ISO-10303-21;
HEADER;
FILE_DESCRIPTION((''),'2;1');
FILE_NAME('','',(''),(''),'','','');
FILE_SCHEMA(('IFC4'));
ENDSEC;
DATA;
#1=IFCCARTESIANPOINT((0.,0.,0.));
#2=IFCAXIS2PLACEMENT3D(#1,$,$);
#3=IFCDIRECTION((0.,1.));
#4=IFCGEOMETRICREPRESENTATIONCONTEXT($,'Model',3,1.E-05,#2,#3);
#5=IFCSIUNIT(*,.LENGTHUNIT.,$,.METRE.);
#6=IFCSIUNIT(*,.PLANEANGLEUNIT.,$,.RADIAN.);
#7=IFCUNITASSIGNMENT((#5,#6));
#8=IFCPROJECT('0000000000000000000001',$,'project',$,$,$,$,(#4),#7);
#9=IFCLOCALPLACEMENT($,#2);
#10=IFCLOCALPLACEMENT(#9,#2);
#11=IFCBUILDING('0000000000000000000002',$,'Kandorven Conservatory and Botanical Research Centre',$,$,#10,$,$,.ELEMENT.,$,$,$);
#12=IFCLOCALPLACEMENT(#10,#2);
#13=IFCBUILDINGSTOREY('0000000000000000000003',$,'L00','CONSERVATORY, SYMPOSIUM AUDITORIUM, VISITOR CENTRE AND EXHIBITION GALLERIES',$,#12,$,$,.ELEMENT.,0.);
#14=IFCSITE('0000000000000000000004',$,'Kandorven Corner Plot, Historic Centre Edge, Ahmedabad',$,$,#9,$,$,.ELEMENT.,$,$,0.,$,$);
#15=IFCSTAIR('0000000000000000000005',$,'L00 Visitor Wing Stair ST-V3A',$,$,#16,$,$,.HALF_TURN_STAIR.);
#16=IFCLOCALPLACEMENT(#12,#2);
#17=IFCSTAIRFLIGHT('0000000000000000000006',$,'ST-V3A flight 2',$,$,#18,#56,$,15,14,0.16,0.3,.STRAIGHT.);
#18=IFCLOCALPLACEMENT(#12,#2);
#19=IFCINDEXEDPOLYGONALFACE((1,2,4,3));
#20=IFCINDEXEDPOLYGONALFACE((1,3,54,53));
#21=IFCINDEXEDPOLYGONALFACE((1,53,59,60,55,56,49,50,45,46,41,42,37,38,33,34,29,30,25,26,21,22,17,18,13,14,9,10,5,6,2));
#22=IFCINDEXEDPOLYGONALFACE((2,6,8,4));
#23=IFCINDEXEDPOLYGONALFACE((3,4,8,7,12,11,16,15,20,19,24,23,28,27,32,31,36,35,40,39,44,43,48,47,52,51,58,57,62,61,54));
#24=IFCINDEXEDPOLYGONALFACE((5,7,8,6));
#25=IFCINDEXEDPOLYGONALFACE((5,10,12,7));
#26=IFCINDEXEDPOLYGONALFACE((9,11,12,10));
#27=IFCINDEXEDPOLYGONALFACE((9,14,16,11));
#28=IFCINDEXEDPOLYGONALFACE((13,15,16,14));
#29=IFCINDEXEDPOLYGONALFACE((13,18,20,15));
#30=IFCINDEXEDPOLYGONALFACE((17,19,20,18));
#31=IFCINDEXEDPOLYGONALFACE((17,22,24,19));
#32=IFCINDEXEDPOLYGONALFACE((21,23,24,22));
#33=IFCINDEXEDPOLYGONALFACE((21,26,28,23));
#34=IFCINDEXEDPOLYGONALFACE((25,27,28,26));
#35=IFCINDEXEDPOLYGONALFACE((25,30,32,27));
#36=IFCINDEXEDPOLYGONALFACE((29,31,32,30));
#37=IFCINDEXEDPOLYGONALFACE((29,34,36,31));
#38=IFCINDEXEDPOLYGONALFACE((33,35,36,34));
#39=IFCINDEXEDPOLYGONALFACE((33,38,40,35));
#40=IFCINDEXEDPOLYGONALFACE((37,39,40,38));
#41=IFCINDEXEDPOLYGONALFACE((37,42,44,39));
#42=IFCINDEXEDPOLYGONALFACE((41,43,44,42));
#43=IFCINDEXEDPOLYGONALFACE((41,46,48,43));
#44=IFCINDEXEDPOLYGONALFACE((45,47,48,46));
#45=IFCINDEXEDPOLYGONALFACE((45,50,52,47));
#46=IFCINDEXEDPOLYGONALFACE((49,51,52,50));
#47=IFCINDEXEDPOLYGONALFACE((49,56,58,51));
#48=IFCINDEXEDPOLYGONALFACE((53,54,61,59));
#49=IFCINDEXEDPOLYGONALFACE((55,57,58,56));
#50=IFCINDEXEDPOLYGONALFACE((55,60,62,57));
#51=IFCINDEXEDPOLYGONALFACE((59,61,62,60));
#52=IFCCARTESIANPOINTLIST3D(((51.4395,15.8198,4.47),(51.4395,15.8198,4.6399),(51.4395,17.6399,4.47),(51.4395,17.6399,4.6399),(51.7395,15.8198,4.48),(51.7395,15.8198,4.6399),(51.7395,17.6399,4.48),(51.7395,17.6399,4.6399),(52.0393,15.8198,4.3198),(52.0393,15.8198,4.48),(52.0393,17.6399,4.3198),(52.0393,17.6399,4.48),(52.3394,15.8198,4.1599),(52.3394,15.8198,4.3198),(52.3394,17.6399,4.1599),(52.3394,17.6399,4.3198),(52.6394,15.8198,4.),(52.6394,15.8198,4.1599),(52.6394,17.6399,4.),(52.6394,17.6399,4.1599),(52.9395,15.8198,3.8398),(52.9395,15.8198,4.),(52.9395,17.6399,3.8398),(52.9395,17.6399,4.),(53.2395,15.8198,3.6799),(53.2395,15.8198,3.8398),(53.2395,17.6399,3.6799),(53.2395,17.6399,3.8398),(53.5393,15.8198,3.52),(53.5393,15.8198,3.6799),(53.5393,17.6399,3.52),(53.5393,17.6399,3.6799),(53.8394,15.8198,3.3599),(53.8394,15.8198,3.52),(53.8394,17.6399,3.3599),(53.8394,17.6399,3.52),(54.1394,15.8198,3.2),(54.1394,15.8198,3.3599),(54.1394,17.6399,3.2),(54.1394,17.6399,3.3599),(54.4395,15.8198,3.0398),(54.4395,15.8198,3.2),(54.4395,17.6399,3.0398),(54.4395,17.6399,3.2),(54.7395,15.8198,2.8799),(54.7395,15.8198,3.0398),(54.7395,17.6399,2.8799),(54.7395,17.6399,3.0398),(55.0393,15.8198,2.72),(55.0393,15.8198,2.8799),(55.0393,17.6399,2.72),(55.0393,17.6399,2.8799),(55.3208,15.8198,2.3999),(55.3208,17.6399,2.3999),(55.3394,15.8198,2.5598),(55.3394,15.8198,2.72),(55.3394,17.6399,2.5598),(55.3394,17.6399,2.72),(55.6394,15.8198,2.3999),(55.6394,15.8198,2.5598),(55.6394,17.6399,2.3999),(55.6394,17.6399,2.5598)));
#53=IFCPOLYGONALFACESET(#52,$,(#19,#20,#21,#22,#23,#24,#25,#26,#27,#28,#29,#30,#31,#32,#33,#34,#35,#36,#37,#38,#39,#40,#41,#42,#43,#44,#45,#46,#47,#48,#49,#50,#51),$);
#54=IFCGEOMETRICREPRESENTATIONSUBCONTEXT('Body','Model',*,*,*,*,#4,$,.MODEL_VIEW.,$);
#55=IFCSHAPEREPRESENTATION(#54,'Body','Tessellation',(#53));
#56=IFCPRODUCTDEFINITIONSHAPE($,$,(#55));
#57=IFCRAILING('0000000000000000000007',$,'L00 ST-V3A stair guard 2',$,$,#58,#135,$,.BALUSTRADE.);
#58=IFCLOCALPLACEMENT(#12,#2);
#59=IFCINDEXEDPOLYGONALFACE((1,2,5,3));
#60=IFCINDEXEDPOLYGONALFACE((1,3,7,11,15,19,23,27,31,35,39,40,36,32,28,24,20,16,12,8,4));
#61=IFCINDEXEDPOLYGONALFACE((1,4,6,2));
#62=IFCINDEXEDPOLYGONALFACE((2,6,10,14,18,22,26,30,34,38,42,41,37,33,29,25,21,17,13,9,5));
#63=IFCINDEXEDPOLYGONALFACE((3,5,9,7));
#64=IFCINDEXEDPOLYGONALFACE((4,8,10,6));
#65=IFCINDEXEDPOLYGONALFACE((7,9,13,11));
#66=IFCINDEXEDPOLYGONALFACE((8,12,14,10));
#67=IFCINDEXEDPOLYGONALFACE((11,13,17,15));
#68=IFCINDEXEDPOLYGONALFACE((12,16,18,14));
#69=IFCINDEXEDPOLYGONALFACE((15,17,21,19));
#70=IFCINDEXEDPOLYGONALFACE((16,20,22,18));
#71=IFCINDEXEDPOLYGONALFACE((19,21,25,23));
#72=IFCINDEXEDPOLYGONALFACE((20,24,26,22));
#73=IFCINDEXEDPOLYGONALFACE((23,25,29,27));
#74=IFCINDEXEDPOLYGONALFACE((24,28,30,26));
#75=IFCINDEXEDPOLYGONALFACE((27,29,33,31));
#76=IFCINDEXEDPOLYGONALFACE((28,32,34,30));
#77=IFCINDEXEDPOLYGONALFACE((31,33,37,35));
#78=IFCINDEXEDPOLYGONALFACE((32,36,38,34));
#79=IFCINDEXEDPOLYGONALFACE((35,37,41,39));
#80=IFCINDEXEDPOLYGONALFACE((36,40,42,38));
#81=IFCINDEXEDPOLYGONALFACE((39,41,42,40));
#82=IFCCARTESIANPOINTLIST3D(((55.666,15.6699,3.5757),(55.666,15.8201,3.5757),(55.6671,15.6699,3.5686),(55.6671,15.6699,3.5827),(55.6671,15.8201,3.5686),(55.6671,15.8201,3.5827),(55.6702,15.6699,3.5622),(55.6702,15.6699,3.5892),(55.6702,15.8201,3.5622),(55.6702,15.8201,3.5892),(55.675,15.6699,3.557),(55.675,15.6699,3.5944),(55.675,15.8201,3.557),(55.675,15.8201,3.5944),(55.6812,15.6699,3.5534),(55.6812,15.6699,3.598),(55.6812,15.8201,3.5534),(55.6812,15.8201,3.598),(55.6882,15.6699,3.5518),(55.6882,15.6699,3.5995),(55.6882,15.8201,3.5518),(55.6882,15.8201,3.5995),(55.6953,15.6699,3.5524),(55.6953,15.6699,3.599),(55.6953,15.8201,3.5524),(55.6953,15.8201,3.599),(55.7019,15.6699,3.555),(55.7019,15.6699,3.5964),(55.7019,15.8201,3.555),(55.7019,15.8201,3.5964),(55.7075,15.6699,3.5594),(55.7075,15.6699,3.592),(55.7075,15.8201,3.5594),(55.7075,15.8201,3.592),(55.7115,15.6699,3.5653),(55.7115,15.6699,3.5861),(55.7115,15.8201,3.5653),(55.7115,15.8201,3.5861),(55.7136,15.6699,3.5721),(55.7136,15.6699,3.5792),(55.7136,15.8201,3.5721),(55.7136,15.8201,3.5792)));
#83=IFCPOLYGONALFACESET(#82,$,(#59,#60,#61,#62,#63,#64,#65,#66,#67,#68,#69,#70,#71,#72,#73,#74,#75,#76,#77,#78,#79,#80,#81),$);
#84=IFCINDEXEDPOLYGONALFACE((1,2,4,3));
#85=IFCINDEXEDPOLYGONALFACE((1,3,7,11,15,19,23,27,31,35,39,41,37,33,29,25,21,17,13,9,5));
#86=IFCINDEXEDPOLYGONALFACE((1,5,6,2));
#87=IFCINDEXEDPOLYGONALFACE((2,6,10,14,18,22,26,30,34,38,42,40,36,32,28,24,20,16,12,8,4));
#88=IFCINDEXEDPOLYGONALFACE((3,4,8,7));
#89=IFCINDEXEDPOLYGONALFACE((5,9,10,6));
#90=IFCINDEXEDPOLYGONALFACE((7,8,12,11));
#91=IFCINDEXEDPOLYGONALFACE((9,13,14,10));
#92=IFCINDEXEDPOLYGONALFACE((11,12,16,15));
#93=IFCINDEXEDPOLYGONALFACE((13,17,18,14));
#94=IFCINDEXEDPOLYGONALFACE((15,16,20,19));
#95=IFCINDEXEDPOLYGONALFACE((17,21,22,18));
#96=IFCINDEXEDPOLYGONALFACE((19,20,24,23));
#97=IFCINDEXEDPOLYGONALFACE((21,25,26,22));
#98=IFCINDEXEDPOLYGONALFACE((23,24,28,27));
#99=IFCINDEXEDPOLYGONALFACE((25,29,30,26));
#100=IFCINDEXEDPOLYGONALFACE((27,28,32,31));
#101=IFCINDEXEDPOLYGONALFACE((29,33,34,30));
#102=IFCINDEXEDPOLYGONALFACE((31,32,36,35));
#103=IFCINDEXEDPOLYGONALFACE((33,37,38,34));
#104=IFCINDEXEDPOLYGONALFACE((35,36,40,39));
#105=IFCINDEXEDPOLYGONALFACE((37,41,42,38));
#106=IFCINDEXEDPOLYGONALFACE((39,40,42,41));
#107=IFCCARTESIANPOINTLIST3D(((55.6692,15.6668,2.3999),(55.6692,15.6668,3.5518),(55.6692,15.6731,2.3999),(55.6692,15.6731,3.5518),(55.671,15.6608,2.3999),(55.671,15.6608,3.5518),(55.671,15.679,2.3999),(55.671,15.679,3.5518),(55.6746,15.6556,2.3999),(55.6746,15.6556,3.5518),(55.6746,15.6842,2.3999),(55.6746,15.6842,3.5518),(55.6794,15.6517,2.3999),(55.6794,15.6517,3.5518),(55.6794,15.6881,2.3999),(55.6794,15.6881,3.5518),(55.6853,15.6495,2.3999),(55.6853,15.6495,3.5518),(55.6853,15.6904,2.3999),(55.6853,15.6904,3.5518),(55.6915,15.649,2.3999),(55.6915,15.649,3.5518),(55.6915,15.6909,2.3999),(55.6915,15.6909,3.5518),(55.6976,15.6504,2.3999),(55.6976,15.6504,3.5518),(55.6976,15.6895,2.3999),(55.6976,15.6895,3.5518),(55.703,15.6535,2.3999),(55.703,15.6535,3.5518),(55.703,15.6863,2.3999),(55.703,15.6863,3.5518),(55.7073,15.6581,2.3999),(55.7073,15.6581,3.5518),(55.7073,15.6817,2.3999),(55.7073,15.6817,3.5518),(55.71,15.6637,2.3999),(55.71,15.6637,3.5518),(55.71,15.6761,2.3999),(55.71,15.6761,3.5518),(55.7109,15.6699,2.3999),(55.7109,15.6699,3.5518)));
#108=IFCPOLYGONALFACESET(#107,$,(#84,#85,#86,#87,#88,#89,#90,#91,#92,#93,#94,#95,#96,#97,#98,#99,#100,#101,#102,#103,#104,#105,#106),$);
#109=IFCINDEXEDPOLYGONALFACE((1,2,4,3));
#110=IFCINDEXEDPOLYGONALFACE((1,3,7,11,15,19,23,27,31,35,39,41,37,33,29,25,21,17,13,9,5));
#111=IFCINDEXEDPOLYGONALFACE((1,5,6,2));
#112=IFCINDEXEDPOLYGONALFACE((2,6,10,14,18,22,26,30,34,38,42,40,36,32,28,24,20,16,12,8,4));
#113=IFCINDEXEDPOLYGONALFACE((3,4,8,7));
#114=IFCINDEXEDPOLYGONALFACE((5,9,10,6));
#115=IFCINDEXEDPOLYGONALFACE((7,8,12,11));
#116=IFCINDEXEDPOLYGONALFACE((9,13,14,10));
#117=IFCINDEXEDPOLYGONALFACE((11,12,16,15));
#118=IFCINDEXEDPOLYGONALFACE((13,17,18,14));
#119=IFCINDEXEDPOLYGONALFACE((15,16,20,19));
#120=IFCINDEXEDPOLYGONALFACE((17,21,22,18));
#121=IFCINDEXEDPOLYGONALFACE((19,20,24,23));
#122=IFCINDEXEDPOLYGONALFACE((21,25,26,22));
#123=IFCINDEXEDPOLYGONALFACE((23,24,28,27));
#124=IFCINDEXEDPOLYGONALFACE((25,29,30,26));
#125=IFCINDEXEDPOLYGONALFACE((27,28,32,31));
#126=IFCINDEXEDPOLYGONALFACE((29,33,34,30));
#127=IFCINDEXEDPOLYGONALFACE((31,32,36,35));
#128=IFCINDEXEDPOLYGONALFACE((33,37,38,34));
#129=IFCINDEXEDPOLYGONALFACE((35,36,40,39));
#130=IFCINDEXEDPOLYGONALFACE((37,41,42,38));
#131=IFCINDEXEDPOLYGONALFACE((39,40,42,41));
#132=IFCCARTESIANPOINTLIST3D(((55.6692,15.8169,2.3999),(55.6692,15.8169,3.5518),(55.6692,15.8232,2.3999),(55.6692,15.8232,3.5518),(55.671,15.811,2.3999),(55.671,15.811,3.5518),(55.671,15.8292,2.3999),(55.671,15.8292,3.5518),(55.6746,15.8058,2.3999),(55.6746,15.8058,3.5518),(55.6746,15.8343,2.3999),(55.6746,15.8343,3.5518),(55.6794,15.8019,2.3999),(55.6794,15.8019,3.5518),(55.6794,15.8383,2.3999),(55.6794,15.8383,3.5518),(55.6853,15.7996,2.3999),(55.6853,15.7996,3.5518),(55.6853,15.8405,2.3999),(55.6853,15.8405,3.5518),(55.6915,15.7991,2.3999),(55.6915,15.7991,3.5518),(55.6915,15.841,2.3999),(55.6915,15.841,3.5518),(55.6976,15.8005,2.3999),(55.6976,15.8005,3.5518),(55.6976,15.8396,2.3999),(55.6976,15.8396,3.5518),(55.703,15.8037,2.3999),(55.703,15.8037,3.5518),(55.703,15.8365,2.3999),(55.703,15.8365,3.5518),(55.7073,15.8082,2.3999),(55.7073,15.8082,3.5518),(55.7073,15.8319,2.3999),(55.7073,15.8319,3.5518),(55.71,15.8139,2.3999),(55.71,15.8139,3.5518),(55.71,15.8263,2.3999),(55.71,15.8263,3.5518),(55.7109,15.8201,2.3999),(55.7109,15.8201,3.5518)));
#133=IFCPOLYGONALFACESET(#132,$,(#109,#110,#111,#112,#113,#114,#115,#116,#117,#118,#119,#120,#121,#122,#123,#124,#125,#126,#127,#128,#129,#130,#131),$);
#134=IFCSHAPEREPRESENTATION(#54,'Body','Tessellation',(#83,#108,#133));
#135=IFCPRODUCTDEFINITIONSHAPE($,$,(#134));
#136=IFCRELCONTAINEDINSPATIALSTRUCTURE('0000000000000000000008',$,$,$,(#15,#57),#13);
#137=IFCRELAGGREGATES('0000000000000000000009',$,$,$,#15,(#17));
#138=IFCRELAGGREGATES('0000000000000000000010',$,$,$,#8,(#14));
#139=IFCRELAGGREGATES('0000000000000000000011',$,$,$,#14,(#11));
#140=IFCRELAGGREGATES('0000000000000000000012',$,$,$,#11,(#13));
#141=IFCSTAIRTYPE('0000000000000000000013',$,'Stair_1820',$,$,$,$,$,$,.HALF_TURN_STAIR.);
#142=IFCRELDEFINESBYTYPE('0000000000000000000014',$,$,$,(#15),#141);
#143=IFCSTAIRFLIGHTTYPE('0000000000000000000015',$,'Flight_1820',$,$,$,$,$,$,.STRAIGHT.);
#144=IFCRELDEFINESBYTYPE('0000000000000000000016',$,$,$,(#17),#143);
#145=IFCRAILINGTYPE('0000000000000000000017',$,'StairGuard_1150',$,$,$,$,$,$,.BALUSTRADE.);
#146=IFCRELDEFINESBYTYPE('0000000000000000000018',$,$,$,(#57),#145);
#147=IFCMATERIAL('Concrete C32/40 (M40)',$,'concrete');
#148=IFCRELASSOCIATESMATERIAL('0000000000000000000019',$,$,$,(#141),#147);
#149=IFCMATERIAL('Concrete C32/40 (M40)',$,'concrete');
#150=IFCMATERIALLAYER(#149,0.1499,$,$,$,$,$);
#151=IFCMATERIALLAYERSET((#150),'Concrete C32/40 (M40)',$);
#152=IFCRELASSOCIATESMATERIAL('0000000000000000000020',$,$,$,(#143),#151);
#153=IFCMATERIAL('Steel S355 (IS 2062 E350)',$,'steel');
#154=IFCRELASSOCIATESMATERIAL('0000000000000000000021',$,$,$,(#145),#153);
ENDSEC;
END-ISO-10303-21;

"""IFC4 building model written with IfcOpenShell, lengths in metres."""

from ifc_helpers import new_model, si_unit, direction, frame, origin, origin_2d, place, context, subcontext, project, spatial, polyline, circle, outline, extrude, material, layer, layer_set, type_object, element, aggregate, save


model = new_model("IFC4")

# Units and contexts
model_context = context("Model", 3, precision=1e-05, world=origin(), true_north=direction((0.0, 1.0)))
body_context = subcontext(model_context, "Body", "Model", "MODEL_VIEW")
ifc_project = project(units=[si_unit("LENGTHUNIT", "METRE"), si_unit("PLANEANGLEUNIT", "RADIAN")], contexts=[model_context])

# Site, building, storey
site_placement = place(None, origin())
site = spatial("IfcSite", under=ifc_project, at=site_placement, Name="Kandorven Corner Plot, Historic Centre Edge, Ahmedabad", CompositionType="ELEMENT", RefElevation=0.0)
building_placement = place(site_placement, origin())
building = spatial("IfcBuilding", under=site, at=building_placement, Name="Kandorven Conservatory and Botanical Research Centre", CompositionType="ELEMENT")
storey_placement = place(building_placement, origin())
storey = spatial("IfcBuildingStorey", under=building, at=storey_placement, Name="L00", Description="CONSERVATORY, SYMPOSIUM AUDITORIUM, VISITOR CENTRE AND EXHIBITION GALLERIES", CompositionType="ELEMENT", Elevation=0.0)

# Stair, stair flight
ifc_material_1 = material(Name="Concrete C32/40 (M40)", Category="concrete")
stair_type = type_object("IfcStairType", Name="Stair_1820", PredefinedType="HALF_TURN_STAIR", material=ifc_material_1)
stair_placement = place(storey_placement, origin())
stair = element("IfcStair", 1, at=stair_placement, inside=storey, type_object=stair_type, Name="L00 Visitor Wing Stair ST-V3A", PredefinedType="HALF_TURN_STAIR")
ifc_material_2 = material(Name="Concrete C32/40 (M40)", Category="concrete")
ifc_layer_1 = layer(ifc_material_2, 0.1499)
ifc_layer_set_1 = layer_set([ifc_layer_1], Name="Concrete C32/40 (M40)")
stair_flight_type = type_object("IfcStairFlightType", Name="Flight_1820", PredefinedType="STRAIGHT", material=ifc_layer_set_1)
stair_flight_placement = place(storey_placement, frame((55.6394, 16.73, 2.3999), z_axis=(0.0, 0.0, 1.0), x_axis=(-1.0, 0.0, 0.0)))
stair_flight = element("IfcStairFlight", 2, at=stair_flight_placement, type_object=stair_flight_type, Name="ST-V3A flight 2", NumberOfRisers=15, NumberOfTreads=14, PredefinedType="STRAIGHT", RiserHeight=0.16, TreadLength=0.3, context=body_context, shape_type="SweptSolid", body=[
    extrude(outline(polyline([(0.0, 0.0), (0.0, 0.1599), (0.3, 0.1599), (0.3, 0.3201), (0.6001, 0.3201), (0.6001, 0.48), (0.8999, 0.48), (0.8999, 0.6399), (1.2, 0.6399), (1.2, 0.8), (1.5, 0.8), (1.5, 0.96), (1.8, 0.96), (1.8, 1.1201), (2.1001, 1.1201), (2.1001, 1.28), (2.3999, 1.28), (2.3999, 1.4399), (2.7, 1.4399), (2.7, 1.6001), (3.0, 1.6001), (3.0, 1.76), (3.3, 1.76), (3.3, 1.9199), (3.6001, 1.9199), (3.6001, 2.0801), (3.8999, 2.0801), (3.8999, 2.24), (4.2, 2.24), (4.2, 2.3999), (4.2, 2.0701), (0.3186, 0.0), (0.0, 0.0)])), frame((0.0, 0.9102, 0.0), z_axis=(0.0, -1.0, 0.0), x_axis=(1.0, 0.0, 0.0)), (0.0, 0.0, 1.0), 1.8201),
])
aggregate(stair, [stair_flight])

# Railing
ifc_material_3 = material(Name="Steel S355 (IS 2062 E350)", Category="steel")
railing_type_1 = type_object("IfcRailingType", Name="StairGuard_1150", PredefinedType="BALUSTRADE", material=ifc_material_3)
railing_1_placement = place(storey_placement, frame((55.6899, 15.6699, 2.3999)))
element("IfcRailing", 3, at=railing_1_placement, inside=storey, type_object=railing_type_1, Name="L00 ST-V3A stair guard 2", PredefinedType="BALUSTRADE", context=body_context, shape_type="SweptSolid", body=[
    extrude(circle(Radius=0.0239, at=origin_2d()), frame((0.0, 0.0, 1.1758), z_axis=(0.0, 1.0, 0.0), x_axis=(-1.0, 0.0, 0.0)), (0.0, 0.0, 1.0), 0.1501),
    extrude(circle(Radius=0.021, at=origin_2d()), origin(), (0.0, 0.0, 1.0), 1.1519),
    extrude(circle(Radius=0.021, at=origin_2d()), frame((0.0, 0.1501, 0.0)), (0.0, 0.0, 1.0), 1.1519),
])

save(model, "model.ifc")
